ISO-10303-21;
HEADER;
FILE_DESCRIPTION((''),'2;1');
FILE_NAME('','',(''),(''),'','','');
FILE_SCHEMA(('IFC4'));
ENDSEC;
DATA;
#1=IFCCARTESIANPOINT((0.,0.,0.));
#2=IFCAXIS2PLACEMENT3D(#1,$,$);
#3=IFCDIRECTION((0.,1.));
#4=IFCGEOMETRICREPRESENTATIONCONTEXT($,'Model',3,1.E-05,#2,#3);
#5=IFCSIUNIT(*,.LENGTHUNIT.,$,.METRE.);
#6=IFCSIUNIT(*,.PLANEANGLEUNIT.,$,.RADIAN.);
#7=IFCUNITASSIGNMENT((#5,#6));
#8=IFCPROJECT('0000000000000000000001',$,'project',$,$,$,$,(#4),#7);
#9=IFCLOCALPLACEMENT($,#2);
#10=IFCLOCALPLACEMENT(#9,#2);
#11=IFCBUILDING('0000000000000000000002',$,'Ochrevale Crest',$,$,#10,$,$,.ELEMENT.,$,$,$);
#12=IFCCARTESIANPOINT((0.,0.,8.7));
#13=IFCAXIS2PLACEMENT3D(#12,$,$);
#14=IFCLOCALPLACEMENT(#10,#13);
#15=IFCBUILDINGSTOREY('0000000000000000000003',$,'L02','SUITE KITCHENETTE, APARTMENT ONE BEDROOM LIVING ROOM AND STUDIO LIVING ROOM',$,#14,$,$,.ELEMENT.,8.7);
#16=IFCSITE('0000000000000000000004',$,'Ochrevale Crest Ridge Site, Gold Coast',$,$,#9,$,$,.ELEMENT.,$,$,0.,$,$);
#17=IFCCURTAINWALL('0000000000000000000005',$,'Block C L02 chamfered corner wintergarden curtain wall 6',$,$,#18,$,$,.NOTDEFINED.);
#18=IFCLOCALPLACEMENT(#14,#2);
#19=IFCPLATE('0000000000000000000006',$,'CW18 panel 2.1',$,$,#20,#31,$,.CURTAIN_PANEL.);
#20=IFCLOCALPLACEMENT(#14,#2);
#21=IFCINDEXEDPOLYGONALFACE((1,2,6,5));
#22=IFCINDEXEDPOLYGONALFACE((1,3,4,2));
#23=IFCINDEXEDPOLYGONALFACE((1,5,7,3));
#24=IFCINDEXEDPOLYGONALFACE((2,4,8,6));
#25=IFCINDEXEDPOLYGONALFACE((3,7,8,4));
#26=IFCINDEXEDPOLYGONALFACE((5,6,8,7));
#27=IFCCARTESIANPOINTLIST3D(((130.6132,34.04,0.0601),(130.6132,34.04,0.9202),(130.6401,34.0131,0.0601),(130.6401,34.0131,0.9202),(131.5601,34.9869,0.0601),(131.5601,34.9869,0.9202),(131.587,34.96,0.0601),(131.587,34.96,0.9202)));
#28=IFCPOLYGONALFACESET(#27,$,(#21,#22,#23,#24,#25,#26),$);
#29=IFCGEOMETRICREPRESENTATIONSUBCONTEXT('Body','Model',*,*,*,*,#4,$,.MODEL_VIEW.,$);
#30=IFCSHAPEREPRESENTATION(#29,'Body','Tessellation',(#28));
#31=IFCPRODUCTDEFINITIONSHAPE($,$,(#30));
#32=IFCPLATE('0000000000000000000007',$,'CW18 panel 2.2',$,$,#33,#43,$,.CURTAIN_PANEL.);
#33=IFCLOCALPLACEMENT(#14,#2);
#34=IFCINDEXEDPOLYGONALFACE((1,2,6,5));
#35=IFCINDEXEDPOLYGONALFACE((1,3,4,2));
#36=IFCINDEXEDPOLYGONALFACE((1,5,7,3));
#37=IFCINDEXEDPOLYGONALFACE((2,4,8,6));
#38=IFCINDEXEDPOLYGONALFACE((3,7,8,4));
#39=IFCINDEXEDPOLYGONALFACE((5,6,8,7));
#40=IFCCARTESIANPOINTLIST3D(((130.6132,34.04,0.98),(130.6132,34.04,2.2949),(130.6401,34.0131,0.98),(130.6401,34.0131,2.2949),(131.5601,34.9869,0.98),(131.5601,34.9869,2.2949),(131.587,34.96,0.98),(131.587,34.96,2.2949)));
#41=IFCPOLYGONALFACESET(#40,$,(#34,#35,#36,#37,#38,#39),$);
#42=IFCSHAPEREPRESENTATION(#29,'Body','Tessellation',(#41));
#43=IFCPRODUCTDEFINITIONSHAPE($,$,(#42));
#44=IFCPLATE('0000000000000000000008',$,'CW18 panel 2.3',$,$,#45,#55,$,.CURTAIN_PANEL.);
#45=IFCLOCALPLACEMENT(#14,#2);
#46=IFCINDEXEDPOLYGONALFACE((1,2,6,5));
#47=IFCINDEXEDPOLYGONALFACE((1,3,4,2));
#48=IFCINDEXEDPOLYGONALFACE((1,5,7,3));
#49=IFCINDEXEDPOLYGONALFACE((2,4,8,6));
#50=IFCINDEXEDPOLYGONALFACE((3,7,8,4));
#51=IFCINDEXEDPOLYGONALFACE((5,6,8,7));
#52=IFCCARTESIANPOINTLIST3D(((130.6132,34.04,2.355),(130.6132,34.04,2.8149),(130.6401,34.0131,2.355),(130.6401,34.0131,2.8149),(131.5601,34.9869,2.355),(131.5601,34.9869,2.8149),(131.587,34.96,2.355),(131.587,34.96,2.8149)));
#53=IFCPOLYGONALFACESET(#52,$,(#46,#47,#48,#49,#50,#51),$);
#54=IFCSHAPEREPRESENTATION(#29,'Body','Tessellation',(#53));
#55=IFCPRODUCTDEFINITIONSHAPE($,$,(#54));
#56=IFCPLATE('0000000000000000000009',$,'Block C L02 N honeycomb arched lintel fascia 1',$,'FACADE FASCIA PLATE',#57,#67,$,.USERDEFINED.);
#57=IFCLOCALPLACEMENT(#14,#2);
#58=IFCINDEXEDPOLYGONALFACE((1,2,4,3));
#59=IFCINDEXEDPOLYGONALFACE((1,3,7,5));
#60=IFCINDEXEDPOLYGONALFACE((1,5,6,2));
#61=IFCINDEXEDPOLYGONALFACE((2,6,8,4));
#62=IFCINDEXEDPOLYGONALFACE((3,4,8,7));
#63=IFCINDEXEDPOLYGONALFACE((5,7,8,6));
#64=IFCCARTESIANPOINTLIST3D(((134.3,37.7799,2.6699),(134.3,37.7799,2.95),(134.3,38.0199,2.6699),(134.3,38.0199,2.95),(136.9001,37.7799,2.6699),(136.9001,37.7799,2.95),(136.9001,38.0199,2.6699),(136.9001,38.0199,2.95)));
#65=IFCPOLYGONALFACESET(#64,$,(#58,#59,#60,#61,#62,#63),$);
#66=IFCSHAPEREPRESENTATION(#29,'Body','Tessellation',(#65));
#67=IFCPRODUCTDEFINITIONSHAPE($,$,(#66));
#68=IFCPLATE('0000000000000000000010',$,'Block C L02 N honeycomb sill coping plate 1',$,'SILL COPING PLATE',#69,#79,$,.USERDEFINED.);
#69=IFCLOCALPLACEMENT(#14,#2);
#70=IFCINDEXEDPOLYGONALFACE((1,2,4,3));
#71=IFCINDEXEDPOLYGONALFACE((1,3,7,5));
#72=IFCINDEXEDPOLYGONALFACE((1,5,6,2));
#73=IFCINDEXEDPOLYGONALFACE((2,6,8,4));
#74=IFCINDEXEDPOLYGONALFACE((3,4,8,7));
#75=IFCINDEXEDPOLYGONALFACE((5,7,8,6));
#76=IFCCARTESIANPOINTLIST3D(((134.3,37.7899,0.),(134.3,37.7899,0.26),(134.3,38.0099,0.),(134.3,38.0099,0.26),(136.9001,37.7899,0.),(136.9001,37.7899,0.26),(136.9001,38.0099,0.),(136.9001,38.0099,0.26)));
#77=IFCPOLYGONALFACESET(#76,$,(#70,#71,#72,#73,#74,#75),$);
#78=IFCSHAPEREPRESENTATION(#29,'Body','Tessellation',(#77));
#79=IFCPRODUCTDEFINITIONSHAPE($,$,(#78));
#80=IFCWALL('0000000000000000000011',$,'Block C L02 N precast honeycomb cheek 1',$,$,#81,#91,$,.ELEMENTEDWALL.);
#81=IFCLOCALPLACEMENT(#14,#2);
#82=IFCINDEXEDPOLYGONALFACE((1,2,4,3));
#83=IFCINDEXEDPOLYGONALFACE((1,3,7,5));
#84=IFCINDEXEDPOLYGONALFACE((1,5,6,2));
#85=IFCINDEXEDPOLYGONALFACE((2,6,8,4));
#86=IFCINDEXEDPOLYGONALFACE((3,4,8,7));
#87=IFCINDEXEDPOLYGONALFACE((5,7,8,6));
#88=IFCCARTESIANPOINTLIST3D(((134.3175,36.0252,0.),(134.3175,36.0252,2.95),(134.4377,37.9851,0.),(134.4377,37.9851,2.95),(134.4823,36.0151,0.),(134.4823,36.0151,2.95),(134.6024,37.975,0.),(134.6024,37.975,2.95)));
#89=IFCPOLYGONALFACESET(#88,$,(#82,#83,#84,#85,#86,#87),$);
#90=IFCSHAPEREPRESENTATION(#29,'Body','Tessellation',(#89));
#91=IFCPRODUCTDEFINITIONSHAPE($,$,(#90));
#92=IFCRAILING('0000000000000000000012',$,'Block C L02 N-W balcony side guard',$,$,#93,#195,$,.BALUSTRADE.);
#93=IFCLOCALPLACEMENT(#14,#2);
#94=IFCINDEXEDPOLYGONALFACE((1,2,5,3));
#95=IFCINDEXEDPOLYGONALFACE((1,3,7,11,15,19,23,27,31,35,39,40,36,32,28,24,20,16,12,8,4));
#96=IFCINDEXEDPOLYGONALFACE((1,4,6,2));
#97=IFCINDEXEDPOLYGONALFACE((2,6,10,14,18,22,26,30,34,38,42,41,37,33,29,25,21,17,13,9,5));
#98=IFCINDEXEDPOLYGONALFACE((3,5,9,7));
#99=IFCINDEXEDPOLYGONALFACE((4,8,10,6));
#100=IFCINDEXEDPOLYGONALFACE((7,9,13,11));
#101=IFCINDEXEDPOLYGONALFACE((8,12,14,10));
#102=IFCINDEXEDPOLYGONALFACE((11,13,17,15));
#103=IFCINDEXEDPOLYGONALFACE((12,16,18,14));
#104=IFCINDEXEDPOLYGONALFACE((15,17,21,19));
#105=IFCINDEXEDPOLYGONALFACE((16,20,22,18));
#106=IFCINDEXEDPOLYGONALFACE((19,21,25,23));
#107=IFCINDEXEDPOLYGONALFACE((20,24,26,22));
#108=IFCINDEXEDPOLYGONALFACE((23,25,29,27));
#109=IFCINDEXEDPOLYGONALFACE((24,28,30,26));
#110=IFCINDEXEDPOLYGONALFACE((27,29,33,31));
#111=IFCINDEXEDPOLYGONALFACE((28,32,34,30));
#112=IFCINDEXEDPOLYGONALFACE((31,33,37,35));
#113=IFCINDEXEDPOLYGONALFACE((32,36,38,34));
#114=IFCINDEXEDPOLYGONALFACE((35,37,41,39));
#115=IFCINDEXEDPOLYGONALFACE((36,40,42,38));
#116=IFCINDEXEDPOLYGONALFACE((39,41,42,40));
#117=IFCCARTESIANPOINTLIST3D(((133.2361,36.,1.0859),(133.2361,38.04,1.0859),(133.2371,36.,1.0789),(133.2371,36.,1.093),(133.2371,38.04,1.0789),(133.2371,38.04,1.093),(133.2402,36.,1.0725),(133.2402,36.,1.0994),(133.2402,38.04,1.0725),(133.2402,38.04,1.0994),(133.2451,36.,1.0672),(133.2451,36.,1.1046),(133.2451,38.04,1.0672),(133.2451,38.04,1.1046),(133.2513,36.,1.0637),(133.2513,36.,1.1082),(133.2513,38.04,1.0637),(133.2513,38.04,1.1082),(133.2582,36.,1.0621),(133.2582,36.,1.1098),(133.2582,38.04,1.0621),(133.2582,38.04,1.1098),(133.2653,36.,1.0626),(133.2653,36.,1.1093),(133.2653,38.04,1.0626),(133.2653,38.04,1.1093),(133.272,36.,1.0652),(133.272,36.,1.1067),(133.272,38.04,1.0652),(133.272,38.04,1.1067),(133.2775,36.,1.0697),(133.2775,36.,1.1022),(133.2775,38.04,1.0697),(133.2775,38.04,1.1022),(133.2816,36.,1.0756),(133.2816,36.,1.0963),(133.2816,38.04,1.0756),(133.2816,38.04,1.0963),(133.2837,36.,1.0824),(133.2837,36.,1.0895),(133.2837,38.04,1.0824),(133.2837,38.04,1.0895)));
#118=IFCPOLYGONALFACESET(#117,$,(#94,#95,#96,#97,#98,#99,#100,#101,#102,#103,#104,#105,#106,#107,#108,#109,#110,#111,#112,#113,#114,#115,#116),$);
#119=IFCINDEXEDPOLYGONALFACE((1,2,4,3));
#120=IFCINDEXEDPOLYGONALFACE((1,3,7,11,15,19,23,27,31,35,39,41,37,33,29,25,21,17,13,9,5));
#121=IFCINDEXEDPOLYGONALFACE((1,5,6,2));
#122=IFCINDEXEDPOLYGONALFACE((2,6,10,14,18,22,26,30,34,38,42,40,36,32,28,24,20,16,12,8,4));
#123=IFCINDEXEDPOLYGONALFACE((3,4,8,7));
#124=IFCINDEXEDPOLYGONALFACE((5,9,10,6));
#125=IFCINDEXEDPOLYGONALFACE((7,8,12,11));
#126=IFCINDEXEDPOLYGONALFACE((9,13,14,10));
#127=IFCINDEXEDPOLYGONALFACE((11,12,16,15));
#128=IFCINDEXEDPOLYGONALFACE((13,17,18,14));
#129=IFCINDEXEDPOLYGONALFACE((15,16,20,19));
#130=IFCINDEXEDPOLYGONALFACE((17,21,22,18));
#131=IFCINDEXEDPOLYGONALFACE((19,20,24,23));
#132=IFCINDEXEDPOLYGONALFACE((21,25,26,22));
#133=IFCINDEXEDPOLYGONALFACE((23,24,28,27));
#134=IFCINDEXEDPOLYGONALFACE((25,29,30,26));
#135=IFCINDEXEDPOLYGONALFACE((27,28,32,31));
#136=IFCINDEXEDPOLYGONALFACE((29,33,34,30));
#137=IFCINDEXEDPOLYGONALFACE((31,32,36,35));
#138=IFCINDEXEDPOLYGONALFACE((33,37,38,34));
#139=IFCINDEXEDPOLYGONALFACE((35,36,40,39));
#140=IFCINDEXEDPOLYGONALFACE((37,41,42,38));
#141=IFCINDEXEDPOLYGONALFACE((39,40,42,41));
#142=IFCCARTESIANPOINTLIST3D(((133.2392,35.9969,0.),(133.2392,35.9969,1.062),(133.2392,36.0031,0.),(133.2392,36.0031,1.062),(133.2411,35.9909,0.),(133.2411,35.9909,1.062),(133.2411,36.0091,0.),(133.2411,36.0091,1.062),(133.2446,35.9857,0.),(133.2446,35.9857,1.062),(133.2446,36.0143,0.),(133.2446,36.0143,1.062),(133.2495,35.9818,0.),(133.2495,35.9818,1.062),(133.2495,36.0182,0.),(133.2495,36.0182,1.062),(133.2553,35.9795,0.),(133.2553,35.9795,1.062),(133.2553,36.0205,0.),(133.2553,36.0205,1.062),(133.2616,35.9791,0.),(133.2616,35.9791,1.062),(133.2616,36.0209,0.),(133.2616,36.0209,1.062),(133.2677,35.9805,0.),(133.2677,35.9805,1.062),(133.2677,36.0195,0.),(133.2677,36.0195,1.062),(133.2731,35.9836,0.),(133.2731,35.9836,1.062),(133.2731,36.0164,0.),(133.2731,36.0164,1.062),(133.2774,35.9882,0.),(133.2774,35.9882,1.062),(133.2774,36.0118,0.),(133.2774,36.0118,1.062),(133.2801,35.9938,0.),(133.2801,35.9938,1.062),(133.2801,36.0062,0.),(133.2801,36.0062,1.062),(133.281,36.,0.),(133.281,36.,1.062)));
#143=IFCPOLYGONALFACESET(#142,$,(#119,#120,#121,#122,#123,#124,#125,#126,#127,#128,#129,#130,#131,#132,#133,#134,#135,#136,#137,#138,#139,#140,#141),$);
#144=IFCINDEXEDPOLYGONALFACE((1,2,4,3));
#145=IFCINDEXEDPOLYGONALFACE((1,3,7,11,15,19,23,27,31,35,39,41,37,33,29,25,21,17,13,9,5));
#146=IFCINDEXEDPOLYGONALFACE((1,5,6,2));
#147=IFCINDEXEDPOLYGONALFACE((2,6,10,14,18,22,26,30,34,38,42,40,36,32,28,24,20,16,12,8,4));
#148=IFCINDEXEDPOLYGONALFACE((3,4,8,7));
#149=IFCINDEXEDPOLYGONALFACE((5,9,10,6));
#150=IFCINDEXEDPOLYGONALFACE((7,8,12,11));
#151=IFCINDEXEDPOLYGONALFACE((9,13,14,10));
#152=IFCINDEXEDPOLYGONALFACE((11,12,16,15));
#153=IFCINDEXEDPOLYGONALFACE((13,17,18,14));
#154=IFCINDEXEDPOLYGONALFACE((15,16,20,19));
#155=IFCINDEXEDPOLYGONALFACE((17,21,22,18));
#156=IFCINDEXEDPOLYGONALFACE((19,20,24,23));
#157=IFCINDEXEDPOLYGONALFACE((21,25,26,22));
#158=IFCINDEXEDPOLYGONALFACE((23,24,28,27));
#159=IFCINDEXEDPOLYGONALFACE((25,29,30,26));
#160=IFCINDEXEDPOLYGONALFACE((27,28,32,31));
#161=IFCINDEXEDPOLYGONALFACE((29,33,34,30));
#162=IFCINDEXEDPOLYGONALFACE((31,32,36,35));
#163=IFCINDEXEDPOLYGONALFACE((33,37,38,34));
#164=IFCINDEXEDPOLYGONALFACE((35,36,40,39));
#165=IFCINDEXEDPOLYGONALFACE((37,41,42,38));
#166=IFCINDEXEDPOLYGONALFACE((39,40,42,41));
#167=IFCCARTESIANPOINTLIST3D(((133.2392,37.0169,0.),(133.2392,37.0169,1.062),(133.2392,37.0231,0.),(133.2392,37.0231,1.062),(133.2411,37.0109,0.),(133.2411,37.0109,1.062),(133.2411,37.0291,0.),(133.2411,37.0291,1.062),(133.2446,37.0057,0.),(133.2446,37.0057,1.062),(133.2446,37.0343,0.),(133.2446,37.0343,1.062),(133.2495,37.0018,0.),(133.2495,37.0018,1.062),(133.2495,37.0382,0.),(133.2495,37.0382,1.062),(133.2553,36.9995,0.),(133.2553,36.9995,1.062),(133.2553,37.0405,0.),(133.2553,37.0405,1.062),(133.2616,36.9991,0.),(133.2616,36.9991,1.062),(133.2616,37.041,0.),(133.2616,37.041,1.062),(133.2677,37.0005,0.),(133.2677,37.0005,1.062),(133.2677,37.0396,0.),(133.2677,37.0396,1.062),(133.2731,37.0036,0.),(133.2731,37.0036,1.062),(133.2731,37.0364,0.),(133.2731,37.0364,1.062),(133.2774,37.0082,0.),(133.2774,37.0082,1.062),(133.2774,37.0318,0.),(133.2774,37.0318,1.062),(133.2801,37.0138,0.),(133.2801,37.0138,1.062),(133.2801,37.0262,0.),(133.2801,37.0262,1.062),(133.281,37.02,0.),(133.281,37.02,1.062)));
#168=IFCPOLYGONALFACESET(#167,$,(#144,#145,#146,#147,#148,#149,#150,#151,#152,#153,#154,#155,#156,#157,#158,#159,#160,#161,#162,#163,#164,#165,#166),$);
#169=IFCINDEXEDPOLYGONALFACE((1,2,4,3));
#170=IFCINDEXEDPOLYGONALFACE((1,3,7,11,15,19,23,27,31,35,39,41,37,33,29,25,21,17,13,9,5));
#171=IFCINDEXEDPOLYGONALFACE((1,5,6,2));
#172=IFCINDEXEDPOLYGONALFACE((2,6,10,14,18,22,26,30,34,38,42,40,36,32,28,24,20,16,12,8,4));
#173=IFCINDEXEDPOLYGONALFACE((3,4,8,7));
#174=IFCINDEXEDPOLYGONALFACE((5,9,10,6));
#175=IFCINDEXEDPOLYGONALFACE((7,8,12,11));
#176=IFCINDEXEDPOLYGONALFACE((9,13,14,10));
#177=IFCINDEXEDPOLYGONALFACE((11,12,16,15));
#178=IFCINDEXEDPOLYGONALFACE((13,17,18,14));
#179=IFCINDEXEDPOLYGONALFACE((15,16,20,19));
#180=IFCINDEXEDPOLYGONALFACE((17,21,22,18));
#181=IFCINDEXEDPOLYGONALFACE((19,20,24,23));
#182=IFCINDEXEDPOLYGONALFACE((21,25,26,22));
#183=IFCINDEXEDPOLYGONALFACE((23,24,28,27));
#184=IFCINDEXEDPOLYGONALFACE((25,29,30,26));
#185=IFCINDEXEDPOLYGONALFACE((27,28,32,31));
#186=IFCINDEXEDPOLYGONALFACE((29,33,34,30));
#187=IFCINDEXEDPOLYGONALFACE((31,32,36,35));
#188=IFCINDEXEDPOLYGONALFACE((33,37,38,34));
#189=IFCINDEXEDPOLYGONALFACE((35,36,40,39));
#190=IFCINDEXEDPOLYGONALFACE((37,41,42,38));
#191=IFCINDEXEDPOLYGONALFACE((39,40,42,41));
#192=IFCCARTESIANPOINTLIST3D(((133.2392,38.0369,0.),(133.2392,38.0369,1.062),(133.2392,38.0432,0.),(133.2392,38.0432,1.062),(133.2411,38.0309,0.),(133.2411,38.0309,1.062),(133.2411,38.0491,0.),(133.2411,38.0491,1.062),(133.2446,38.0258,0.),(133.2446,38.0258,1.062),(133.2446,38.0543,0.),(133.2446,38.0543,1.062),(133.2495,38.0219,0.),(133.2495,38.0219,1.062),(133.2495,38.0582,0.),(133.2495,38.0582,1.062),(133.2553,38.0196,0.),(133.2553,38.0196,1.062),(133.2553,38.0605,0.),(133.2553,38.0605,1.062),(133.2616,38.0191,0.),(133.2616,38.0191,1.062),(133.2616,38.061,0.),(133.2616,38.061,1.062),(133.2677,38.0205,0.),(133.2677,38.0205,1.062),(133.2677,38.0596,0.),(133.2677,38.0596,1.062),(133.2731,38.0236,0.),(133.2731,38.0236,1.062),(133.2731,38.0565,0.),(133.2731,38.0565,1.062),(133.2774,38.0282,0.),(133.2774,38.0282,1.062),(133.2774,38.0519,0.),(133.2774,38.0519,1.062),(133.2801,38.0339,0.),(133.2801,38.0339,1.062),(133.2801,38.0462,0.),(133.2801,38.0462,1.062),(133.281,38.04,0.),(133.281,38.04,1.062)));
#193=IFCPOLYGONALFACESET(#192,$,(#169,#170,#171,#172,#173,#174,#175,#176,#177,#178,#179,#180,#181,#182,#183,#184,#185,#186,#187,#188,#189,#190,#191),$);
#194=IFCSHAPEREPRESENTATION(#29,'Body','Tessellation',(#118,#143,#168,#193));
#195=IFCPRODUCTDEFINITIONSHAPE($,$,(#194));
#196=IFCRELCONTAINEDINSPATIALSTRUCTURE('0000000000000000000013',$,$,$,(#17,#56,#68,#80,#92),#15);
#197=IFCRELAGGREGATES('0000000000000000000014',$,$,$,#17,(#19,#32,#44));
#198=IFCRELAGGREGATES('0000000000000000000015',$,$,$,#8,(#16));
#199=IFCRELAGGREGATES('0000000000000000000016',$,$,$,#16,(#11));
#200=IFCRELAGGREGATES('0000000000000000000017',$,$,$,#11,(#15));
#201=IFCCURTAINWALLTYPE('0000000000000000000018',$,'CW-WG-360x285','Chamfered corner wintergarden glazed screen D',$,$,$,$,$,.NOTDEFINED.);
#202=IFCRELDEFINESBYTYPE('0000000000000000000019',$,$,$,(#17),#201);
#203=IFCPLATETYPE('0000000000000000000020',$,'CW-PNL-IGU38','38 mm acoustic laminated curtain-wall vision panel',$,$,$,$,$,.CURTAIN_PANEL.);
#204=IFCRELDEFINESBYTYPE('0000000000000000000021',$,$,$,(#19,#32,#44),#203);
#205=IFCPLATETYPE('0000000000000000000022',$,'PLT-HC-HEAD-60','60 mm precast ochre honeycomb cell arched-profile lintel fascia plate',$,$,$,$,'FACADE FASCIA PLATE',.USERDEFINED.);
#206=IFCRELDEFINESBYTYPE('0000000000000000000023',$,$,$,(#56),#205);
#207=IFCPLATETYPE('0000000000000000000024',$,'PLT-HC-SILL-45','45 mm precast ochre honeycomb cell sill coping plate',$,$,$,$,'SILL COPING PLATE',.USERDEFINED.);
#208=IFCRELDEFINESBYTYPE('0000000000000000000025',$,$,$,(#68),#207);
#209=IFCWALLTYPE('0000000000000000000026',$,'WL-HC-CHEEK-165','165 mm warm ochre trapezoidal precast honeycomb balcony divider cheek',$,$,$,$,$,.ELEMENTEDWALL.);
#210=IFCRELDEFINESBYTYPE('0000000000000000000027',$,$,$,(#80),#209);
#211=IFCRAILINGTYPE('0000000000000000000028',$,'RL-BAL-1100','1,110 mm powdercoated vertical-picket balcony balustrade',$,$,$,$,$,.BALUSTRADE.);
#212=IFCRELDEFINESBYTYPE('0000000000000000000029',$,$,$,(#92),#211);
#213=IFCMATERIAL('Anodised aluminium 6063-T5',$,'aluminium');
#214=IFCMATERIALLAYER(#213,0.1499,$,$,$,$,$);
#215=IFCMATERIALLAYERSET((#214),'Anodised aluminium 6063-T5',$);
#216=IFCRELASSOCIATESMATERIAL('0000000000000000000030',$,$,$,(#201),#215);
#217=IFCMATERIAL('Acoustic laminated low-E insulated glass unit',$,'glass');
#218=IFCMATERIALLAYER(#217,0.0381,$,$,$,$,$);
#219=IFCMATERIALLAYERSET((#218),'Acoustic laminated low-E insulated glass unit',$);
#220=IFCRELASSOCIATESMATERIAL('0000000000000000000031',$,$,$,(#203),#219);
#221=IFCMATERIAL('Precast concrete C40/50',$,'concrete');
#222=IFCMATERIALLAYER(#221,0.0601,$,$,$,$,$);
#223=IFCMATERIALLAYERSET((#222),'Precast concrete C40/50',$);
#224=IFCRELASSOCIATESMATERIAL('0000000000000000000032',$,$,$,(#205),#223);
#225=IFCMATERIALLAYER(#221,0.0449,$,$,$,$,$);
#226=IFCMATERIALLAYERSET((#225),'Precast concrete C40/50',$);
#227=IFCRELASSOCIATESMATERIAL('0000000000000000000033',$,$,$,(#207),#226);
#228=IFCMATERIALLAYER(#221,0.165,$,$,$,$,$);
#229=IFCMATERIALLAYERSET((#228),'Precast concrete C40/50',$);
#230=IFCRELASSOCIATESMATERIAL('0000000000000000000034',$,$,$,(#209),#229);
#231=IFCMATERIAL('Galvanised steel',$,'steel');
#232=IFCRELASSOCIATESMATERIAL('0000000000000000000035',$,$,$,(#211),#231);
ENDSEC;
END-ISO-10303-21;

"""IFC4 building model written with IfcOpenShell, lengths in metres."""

from ifc_helpers import new_model, si_unit, direction, frame, frame_2d, origin, origin_2d, place, context, subcontext, project, spatial, rectangle, circle, extrude, material, layer, layer_set, type_object, element, aggregate, save


model = new_model("IFC4")

# Units and contexts
model_context = context("Model", 3, precision=1e-05, world=origin(), true_north=direction((0.0, 1.0)))
body_context = subcontext(model_context, "Body", "Model", "MODEL_VIEW")
ifc_project = project(units=[si_unit("LENGTHUNIT", "METRE"), si_unit("PLANEANGLEUNIT", "RADIAN")], contexts=[model_context])

# Site, building, storey
site_placement = place(None, origin())
site = spatial("IfcSite", under=ifc_project, at=site_placement, Name="Ochrevale Crest Ridge Site, Gold Coast", CompositionType="ELEMENT", RefElevation=0.0)
building_placement = place(site_placement, origin())
building = spatial("IfcBuilding", under=site, at=building_placement, Name="Ochrevale Crest", CompositionType="ELEMENT")
storey_placement = place(building_placement, frame((0.0, 0.0, 8.7)))
storey = spatial("IfcBuildingStorey", under=building, at=storey_placement, Name="L02", Description="SUITE KITCHENETTE, APARTMENT ONE BEDROOM LIVING ROOM AND STUDIO LIVING ROOM", CompositionType="ELEMENT", Elevation=8.7)

# Curtain wall, plates
ifc_material_1 = material(Name="Anodised aluminium 6063-T5", Category="aluminium")
ifc_layer_1 = layer(ifc_material_1, 0.1499)
ifc_layer_set_1 = layer_set([ifc_layer_1], Name="Anodised aluminium 6063-T5")
curtain_wall_type = type_object("IfcCurtainWallType", Name="CW-WG-360x285", Description="Chamfered corner wintergarden glazed screen D", PredefinedType="NOTDEFINED", material=ifc_layer_set_1)
curtain_wall_placement = place(storey_placement, origin())
curtain_wall = element("IfcCurtainWall", 1, at=curtain_wall_placement, inside=storey, type_object=curtain_wall_type, Name="Block C L02 chamfered corner wintergarden curtain wall 6", PredefinedType="NOTDEFINED")
ifc_material_2 = material(Name="Acoustic laminated low-E insulated glass unit", Category="glass")
ifc_layer_2 = layer(ifc_material_2, 0.0381)
ifc_layer_set_2 = layer_set([ifc_layer_2], Name="Acoustic laminated low-E insulated glass unit")
plate_type_1 = type_object("IfcPlateType", Name="CW-PNL-IGU38", Description="38 mm acoustic laminated curtain-wall vision panel", PredefinedType="CURTAIN_PANEL", material=ifc_layer_set_2)
plate_1_placement = place(storey_placement, frame((131.1001, 34.5, 0.0601), z_axis=(0.0, 0.0, 1.0), x_axis=(-0.707107, -0.707107, 0.0)))
plate_1 = element("IfcPlate", 2, at=plate_1_placement, type_object=plate_type_1, Name="CW18 panel 2.1", PredefinedType="CURTAIN_PANEL", context=body_context, shape_type="SweptSolid", body=[
    extrude(rectangle(XDim=1.3391, YDim=0.0381, at=origin_2d()), origin(), (0.0, 0.0, 1.0), 0.8601),
])
plate_2_placement = place(storey_placement, frame((131.1001, 34.5, 0.98), z_axis=(0.0, 0.0, 1.0), x_axis=(-0.707107, -0.707107, 0.0)))
plate_2 = element("IfcPlate", 3, at=plate_2_placement, type_object=plate_type_1, Name="CW18 panel 2.2", PredefinedType="CURTAIN_PANEL", context=body_context, shape_type="SweptSolid", body=[
    extrude(rectangle(XDim=1.3391, YDim=0.0381, at=origin_2d()), origin(), (0.0, 0.0, 1.0), 1.3149),
])
plate_3_placement = place(storey_placement, frame((131.1001, 34.5, 2.355), z_axis=(0.0, 0.0, 1.0), x_axis=(-0.707107, -0.707107, 0.0)))
plate_3 = element("IfcPlate", 4, at=plate_3_placement, type_object=plate_type_1, Name="CW18 panel 2.3", PredefinedType="CURTAIN_PANEL", context=body_context, shape_type="SweptSolid", body=[
    extrude(rectangle(XDim=1.3391, YDim=0.0381, at=origin_2d()), origin(), (0.0, 0.0, 1.0), 0.46),
])
aggregate(curtain_wall, [plate_1, plate_2, plate_3])

# Plates
ifc_material_3 = material(Name="Precast concrete C40/50", Category="concrete")
ifc_layer_3 = layer(ifc_material_3, 0.0601)
ifc_layer_set_3 = layer_set([ifc_layer_3], Name="Precast concrete C40/50")
plate_type_2 = type_object("IfcPlateType", Name="PLT-HC-HEAD-60", Description="60 mm precast ochre honeycomb cell arched-profile lintel fascia plate", ElementType="FACADE FASCIA PLATE", PredefinedType="USERDEFINED", material=ifc_layer_set_3)
plate_4_placement = place(storey_placement, frame((135.6001, 37.8999, 2.6699), z_axis=(0.0, 0.0, 1.0), x_axis=(1.0, 0.0, 0.0)))
element("IfcPlate", 5, at=plate_4_placement, inside=storey, type_object=plate_type_2, Name="Block C L02 N honeycomb arched lintel fascia 1", ObjectType="FACADE FASCIA PLATE", PredefinedType="USERDEFINED", context=body_context, shape_type="SweptSolid", body=[
    extrude(rectangle(XDim=2.6001, YDim=0.24, at=origin_2d()), origin(), (0.0, 0.0, 1.0), 0.28),
])
ifc_layer_4 = layer(ifc_material_3, 0.0449)
ifc_layer_set_4 = layer_set([ifc_layer_4], Name="Precast concrete C40/50")
plate_type_3 = type_object("IfcPlateType", Name="PLT-HC-SILL-45", Description="45 mm precast ochre honeycomb cell sill coping plate", ElementType="SILL COPING PLATE", PredefinedType="USERDEFINED", material=ifc_layer_set_4)
plate_5_placement = place(storey_placement, frame((135.6001, 37.8999, 0.0), z_axis=(0.0, 0.0, 1.0), x_axis=(1.0, 0.0, 0.0)))
element("IfcPlate", 6, at=plate_5_placement, inside=storey, type_object=plate_type_3, Name="Block C L02 N honeycomb sill coping plate 1", ObjectType="SILL COPING PLATE", PredefinedType="USERDEFINED", context=body_context, shape_type="SweptSolid", body=[
    extrude(rectangle(XDim=2.6001, YDim=0.22, at=origin_2d()), origin(), (0.0, 0.0, 1.0), 0.26),
])

# Wall
ifc_layer_5 = layer(ifc_material_3, 0.165)
ifc_layer_set_5 = layer_set([ifc_layer_5], Name="Precast concrete C40/50")
wall_type = type_object("IfcWallType", Name="WL-HC-CHEEK-165", Description="165 mm warm ochre trapezoidal precast honeycomb balcony divider cheek", PredefinedType="ELEMENTEDWALL", material=ifc_layer_set_5)
wall_placement = place(storey_placement, frame((134.3999, 36.02, 0.0), z_axis=(0.0, 0.0, 1.0), x_axis=(0.061171, 0.998127, 0.0)))
element("IfcWall", 7, at=wall_placement, inside=storey, type_object=wall_type, Name="Block C L02 N precast honeycomb cheek 1", PredefinedType="ELEMENTEDWALL", context=body_context, shape_type="SweptSolid", body=[
    extrude(rectangle(XDim=1.9636, YDim=0.165, at=frame_2d((0.9819, 0.0))), origin(), (0.0, 0.0, 1.0), 2.95),
])

# Railing
ifc_material_4 = material(Name="Galvanised steel", Category="steel")
railing_type = type_object("IfcRailingType", Name="RL-BAL-1100", Description="1,110 mm powdercoated vertical-picket balcony balustrade", PredefinedType="BALUSTRADE", material=ifc_material_4)
railing_1_placement = place(storey_placement, frame((133.26, 36.0, 0.0)))
element("IfcRailing", 8, at=railing_1_placement, inside=storey, type_object=railing_type, Name="Block C L02 N-W balcony side guard", PredefinedType="BALUSTRADE", context=body_context, shape_type="SweptSolid", body=[
    extrude(circle(Radius=0.0239, at=origin_2d()), frame((0.0, 0.0, 1.0859), z_axis=(0.0, 1.0, 0.0), x_axis=(-1.0, 0.0, 0.0)), (0.0, 0.0, 1.0), 2.04),
    extrude(circle(Radius=0.021, at=origin_2d()), origin(), (0.0, 0.0, 1.0), 1.062),
    extrude(circle(Radius=0.021, at=origin_2d()), frame((0.0, 1.02, 0.0)), (0.0, 0.0, 1.0), 1.062),
    extrude(circle(Radius=0.021, at=origin_2d()), frame((0.0, 2.04, 0.0)), (0.0, 0.0, 1.0), 1.062),
])

save(model, "model.ifc")
